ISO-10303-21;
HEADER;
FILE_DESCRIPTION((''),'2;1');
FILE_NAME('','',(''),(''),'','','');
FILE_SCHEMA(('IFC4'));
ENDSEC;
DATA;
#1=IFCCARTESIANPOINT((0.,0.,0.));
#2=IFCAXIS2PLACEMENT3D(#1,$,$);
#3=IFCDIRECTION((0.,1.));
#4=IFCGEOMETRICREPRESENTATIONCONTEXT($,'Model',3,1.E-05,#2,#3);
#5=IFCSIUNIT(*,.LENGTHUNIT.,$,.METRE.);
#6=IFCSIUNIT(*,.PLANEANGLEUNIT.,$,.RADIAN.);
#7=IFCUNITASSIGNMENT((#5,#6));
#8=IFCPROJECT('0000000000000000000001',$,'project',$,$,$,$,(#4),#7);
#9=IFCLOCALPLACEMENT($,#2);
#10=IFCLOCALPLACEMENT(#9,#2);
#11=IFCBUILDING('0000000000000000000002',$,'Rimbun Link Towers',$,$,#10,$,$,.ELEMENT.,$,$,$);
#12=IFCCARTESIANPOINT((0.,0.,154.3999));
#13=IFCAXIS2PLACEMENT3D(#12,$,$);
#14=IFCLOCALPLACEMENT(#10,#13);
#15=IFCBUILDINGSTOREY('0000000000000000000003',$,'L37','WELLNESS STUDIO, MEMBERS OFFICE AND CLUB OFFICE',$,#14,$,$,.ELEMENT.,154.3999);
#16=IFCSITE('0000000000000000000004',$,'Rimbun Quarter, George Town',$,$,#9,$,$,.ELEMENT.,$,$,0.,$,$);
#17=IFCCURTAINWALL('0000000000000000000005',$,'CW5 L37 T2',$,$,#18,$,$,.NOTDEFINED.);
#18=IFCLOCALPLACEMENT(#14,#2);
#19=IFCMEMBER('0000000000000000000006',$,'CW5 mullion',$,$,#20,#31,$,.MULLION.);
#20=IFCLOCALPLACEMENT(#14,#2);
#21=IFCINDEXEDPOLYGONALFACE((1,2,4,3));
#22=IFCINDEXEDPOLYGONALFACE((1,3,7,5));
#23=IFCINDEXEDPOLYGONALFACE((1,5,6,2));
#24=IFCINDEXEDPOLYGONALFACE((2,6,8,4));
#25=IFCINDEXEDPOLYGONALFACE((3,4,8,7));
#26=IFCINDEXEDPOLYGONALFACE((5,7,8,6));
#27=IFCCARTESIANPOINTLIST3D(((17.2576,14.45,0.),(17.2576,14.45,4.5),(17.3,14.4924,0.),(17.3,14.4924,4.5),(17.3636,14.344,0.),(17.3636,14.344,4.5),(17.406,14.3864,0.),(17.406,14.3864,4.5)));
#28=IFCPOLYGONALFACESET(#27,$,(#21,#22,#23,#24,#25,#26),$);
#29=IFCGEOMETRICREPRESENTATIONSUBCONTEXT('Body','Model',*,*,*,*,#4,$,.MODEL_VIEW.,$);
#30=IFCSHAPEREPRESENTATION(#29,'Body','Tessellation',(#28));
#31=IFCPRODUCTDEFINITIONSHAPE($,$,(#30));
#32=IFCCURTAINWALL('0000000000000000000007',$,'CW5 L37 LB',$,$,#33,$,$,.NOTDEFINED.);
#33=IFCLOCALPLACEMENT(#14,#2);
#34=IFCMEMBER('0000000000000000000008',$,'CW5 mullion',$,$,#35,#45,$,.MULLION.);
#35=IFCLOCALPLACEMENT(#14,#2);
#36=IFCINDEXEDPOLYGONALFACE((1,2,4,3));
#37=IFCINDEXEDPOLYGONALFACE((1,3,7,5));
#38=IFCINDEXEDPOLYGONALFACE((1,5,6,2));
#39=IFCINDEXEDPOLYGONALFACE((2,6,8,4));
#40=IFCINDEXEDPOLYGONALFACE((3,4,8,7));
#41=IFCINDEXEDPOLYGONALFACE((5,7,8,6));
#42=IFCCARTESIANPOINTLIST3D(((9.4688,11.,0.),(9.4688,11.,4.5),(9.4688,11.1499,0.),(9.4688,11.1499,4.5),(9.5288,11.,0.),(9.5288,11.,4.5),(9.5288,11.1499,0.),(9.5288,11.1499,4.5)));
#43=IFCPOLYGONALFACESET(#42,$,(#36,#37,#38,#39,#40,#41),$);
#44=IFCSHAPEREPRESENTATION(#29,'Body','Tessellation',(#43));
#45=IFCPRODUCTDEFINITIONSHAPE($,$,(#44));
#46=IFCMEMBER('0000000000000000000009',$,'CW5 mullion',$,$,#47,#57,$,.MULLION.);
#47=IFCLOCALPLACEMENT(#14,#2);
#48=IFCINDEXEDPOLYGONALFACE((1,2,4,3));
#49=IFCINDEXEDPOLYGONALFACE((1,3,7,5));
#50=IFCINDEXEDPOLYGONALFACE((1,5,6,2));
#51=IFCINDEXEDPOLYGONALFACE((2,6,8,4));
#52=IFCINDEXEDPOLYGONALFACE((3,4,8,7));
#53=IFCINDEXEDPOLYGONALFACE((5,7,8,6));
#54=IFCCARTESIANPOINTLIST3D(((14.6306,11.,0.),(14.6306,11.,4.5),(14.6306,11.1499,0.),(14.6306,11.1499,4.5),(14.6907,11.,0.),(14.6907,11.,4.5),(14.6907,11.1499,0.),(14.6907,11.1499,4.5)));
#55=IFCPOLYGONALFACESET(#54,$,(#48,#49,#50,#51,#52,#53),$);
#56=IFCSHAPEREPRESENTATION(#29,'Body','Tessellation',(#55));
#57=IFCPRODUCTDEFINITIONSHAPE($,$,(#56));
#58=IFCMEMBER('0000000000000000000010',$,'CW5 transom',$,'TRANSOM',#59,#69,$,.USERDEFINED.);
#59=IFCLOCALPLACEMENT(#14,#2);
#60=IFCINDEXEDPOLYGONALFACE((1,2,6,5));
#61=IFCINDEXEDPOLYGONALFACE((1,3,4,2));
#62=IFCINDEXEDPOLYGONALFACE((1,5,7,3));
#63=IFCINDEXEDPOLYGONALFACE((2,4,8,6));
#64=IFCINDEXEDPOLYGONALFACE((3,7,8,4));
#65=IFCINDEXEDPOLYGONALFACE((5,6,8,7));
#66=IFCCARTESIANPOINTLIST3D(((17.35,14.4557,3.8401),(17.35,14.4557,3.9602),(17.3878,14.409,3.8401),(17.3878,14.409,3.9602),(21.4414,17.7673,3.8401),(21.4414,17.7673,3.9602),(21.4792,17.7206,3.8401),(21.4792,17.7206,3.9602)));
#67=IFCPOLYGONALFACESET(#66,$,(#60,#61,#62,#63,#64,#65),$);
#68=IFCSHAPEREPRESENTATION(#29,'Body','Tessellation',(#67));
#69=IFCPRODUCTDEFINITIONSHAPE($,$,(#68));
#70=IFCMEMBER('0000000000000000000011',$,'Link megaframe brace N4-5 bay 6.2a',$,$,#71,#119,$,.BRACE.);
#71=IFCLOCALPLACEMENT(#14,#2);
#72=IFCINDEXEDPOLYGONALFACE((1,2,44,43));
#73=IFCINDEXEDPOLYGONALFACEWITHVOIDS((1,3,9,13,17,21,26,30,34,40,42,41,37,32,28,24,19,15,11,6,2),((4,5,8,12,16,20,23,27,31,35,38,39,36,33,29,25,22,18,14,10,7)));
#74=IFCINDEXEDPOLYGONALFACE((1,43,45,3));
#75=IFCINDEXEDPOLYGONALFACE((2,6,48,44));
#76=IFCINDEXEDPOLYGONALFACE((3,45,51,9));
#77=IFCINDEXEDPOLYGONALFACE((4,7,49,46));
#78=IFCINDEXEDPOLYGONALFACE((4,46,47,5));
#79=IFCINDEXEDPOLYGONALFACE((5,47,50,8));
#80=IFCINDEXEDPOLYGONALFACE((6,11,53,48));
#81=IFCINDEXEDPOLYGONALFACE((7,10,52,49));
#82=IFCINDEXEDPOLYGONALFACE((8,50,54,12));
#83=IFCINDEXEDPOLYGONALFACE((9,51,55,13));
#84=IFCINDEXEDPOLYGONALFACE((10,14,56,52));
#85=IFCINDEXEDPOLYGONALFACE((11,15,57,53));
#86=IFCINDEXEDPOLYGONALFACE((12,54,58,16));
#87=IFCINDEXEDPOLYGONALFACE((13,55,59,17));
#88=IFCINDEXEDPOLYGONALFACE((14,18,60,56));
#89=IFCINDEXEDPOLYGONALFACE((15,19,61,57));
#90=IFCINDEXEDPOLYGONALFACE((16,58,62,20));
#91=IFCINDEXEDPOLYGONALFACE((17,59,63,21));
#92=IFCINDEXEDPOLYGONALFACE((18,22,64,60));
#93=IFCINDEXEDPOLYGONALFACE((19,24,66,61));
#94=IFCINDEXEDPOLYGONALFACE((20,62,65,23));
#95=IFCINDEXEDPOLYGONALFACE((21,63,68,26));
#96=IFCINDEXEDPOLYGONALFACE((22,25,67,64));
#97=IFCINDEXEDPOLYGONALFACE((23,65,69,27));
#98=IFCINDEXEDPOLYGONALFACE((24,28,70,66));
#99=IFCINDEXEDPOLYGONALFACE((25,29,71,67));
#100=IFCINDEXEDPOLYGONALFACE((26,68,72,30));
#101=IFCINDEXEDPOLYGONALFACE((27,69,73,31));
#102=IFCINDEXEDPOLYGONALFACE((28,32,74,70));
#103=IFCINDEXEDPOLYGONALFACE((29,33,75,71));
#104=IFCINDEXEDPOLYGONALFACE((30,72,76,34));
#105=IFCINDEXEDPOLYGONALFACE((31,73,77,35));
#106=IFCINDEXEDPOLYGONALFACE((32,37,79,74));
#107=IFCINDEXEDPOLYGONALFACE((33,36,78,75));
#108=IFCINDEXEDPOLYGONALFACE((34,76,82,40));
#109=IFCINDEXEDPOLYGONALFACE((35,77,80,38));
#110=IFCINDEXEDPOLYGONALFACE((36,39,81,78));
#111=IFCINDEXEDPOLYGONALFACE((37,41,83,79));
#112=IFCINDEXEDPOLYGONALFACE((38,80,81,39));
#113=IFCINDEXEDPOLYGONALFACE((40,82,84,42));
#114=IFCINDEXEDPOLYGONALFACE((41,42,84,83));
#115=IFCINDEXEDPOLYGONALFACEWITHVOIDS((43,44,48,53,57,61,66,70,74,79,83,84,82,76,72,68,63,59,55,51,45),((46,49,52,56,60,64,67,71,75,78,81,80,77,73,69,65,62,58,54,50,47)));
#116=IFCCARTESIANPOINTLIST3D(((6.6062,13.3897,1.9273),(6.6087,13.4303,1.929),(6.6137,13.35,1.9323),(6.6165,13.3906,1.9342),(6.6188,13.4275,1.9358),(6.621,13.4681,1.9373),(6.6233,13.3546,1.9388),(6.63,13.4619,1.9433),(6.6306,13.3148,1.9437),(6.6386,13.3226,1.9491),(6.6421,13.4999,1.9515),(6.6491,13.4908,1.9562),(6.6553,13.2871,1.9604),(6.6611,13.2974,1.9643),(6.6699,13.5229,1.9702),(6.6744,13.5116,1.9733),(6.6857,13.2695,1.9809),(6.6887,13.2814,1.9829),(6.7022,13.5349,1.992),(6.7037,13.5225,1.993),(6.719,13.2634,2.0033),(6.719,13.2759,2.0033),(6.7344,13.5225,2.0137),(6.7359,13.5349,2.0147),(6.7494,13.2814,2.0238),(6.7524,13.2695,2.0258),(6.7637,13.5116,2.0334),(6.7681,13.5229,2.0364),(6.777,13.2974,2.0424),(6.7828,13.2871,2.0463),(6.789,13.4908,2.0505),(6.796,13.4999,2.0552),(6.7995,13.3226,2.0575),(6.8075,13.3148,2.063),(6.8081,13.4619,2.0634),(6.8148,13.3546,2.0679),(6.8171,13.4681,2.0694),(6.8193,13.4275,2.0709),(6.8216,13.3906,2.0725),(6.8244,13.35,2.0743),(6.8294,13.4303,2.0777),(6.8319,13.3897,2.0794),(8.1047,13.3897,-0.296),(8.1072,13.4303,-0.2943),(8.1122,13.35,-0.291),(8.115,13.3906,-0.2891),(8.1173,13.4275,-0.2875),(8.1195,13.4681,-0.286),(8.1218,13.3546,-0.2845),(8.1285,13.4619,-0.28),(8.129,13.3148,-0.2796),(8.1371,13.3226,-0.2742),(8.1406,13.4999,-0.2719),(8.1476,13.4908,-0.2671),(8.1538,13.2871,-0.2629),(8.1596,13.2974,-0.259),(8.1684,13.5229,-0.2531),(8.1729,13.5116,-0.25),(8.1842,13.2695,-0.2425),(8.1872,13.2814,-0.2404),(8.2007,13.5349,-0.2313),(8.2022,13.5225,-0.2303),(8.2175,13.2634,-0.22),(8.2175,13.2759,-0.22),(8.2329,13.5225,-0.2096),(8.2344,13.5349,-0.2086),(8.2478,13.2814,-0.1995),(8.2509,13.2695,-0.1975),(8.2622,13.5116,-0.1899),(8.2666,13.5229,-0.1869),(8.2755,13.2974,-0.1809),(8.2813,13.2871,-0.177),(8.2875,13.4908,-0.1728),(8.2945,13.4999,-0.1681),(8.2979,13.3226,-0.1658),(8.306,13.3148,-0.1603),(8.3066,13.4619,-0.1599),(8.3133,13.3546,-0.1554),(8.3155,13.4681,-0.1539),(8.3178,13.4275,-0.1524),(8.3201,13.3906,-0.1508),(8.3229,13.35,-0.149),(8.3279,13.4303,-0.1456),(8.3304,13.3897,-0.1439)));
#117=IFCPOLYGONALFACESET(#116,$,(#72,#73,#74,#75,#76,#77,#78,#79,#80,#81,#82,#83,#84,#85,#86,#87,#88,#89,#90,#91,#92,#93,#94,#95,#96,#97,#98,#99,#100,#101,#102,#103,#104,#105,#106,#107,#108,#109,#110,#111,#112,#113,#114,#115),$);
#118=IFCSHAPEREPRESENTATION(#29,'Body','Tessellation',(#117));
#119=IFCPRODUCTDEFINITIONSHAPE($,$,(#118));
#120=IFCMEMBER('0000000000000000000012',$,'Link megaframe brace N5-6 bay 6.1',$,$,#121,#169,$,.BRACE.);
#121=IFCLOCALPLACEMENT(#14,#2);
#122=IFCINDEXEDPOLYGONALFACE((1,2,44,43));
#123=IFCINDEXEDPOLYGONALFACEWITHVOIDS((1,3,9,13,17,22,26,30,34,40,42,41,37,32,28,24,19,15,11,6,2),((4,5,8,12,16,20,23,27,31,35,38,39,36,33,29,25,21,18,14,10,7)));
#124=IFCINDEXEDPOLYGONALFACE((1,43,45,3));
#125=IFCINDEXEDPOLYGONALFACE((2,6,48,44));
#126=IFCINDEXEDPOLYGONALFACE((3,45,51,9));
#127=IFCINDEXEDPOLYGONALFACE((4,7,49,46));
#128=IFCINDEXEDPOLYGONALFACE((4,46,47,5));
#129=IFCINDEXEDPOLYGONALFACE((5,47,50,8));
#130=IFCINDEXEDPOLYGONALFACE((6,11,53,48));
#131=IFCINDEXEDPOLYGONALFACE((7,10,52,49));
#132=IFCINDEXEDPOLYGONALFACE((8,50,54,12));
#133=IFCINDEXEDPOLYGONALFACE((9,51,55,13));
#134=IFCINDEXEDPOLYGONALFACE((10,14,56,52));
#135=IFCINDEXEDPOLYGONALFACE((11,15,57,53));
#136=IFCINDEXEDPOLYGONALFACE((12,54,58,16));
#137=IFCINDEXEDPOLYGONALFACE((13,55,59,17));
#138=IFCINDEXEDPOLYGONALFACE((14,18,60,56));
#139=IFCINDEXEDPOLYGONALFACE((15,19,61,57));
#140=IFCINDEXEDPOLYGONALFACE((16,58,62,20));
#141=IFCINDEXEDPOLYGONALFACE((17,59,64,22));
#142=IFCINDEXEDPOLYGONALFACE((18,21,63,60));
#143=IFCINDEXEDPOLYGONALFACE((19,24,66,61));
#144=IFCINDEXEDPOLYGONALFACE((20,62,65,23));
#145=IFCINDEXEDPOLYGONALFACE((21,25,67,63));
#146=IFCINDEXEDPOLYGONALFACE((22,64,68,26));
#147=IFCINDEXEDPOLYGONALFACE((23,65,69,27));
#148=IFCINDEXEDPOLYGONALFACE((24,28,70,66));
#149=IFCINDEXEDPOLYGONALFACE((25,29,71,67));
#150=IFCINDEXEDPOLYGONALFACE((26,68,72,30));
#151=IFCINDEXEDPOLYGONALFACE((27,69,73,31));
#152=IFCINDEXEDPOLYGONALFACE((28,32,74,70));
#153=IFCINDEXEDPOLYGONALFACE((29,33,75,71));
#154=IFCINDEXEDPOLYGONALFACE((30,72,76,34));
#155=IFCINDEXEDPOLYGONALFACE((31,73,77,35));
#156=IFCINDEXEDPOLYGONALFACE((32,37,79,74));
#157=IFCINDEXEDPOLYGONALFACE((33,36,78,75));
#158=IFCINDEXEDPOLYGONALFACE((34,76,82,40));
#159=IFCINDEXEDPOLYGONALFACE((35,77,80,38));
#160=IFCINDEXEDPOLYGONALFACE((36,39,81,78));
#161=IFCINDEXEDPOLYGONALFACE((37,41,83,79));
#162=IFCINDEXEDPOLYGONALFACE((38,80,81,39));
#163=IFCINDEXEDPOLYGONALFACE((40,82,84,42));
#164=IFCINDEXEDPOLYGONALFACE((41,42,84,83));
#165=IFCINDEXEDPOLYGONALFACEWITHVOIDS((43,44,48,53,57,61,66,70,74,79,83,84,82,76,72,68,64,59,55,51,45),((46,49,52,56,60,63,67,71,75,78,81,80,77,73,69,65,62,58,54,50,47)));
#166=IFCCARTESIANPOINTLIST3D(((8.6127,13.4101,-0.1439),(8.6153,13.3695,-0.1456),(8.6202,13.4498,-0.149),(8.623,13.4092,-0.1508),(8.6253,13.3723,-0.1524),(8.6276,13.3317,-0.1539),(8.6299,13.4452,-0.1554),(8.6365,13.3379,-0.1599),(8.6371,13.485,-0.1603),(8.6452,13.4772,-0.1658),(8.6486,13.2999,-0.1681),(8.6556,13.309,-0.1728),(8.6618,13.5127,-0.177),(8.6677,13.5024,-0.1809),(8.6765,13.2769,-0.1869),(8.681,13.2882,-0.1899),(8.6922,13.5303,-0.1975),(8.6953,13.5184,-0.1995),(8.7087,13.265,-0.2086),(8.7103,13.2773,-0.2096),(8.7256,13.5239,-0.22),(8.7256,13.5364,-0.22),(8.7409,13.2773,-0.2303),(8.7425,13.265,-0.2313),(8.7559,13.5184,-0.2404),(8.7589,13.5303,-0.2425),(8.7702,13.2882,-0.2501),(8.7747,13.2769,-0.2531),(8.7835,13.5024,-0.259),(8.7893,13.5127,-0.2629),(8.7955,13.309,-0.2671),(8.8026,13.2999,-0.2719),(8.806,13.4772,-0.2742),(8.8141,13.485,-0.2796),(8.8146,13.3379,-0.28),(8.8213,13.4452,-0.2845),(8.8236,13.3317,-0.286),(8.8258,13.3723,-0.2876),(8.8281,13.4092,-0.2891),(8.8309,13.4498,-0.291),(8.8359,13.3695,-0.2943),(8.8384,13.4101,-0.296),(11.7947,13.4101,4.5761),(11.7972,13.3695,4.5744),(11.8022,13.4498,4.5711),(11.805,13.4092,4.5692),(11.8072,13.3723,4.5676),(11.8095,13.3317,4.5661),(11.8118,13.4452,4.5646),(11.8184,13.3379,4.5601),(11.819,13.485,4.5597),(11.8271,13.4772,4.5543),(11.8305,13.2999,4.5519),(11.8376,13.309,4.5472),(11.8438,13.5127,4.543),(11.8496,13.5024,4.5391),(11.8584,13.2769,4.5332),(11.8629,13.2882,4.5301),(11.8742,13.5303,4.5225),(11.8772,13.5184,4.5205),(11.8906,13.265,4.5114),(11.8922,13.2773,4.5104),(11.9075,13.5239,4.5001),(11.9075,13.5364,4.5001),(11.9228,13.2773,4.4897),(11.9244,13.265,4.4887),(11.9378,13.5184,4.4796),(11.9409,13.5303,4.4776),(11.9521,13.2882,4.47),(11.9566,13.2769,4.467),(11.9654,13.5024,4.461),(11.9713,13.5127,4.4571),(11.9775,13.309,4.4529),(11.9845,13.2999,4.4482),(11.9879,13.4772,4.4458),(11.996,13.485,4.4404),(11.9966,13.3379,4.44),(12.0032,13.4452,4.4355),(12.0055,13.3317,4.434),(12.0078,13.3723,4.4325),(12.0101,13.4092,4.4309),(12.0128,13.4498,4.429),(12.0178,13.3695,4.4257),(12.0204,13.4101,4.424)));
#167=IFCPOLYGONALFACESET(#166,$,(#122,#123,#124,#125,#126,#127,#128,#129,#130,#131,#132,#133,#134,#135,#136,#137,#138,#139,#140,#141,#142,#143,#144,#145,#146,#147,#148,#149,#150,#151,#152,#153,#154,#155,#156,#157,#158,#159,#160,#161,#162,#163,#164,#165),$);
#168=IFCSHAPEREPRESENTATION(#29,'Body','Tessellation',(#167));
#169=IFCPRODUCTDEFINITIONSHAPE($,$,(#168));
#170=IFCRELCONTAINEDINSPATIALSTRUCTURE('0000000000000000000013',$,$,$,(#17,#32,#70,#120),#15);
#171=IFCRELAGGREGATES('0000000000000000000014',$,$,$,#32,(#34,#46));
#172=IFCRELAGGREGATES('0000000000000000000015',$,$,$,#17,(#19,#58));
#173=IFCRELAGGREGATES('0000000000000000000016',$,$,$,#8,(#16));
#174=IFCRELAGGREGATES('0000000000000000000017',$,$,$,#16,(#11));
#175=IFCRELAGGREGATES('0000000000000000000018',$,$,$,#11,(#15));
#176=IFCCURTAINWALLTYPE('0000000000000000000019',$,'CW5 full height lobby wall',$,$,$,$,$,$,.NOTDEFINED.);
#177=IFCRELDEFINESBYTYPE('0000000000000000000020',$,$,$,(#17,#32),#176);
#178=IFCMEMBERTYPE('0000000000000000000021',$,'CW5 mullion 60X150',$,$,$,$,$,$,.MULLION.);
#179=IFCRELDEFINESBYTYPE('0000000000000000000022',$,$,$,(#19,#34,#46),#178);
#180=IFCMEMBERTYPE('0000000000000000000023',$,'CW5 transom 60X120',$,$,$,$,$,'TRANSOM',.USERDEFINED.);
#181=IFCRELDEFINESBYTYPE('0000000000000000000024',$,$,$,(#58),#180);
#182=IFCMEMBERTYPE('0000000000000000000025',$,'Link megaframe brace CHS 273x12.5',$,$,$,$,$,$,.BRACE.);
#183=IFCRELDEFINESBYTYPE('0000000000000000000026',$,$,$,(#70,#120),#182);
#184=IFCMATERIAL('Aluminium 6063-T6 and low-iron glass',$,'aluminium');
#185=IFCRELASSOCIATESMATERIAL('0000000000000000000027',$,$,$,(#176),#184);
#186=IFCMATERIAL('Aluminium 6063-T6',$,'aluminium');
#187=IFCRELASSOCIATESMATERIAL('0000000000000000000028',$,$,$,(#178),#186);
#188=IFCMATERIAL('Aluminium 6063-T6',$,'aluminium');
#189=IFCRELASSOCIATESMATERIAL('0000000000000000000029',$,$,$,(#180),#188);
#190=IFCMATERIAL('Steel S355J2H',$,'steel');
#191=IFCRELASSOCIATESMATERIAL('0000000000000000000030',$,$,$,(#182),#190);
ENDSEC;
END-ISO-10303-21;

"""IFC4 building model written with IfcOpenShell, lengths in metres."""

from ifc_helpers import new_model, si_unit, direction, frame, origin, origin_2d, place, context, subcontext, project, spatial, rectangle, hollow_circle, extrude, material, material_profile, profile_set, type_object, element, aggregate, save


model = new_model("IFC4")

# Units and contexts
model_context = context("Model", 3, precision=1e-05, world=origin(), true_north=direction((0.0, 1.0)))
body_context = subcontext(model_context, "Body", "Model", "MODEL_VIEW")
ifc_project = project(units=[si_unit("LENGTHUNIT", "METRE"), si_unit("PLANEANGLEUNIT", "RADIAN")], contexts=[model_context])

# Site, building, storey
site_placement = place(None, origin())
site = spatial("IfcSite", under=ifc_project, at=site_placement, Name="Rimbun Quarter, George Town", CompositionType="ELEMENT", RefElevation=0.0)
building_placement = place(site_placement, origin())
building = spatial("IfcBuilding", under=site, at=building_placement, Name="Rimbun Link Towers", CompositionType="ELEMENT")
storey_placement = place(building_placement, frame((0.0, 0.0, 154.3999)))
storey = spatial("IfcBuildingStorey", under=building, at=storey_placement, Name="L37", Description="WELLNESS STUDIO, MEMBERS OFFICE AND CLUB OFFICE", CompositionType="ELEMENT", Elevation=154.3999)

# Curtain wall, member
ifc_material_1 = material(Name="Aluminium 6063-T6 and low-iron glass", Category="aluminium")
curtain_wall_type = type_object("IfcCurtainWallType", Name="CW5 full height lobby wall", PredefinedType="NOTDEFINED", material=ifc_material_1)
curtain_wall_1_placement = place(storey_placement, origin())
curtain_wall_1 = element("IfcCurtainWall", 1, at=curtain_wall_1_placement, inside=storey, type_object=curtain_wall_type, Name="CW5 L37 T2", PredefinedType="NOTDEFINED")
ifc_material_2 = material(Name="Aluminium 6063-T6", Category="aluminium")
ifc_material_profile_1 = material_profile(ifc_material_2, rectangle(XDim=0.1499, YDim=0.0601, at=origin_2d()), Name="MULLION 60X150")
ifc_profile_set_1 = profile_set([ifc_material_profile_1], Name="Aluminium 6063-T6")
member_type_1 = type_object("IfcMemberType", Name="CW5 mullion 60X150", PredefinedType="MULLION", material=ifc_profile_set_1)
member_1_placement = place(storey_placement, frame((17.3318, 14.4182, 0.0), z_axis=(0.0, 0.0, 1.0), x_axis=(-0.707107, 0.707107, 0.0)))
member_1 = element("IfcMember", 2, at=member_1_placement, type_object=member_type_1, Name="CW5 mullion", PredefinedType="MULLION", context=body_context, shape_type="SweptSolid", body=[
    extrude(rectangle(XDim=0.1499, YDim=0.0601, at=origin_2d()), origin(), (0.0, 0.0, 1.0), 4.5),
])

# Curtain wall, members
curtain_wall_2_placement = place(storey_placement, origin())
curtain_wall_2 = element("IfcCurtainWall", 3, at=curtain_wall_2_placement, inside=storey, type_object=curtain_wall_type, Name="CW5 L37 LB", PredefinedType="NOTDEFINED")
member_2_placement = place(storey_placement, frame((9.4988, 11.075, 0.0), z_axis=(0.0, 0.0, 1.0), x_axis=(0.0, 1.0, 0.0)))
member_2 = element("IfcMember", 4, at=member_2_placement, type_object=member_type_1, Name="CW5 mullion", PredefinedType="MULLION", context=body_context, shape_type="SweptSolid", body=[
    extrude(rectangle(XDim=0.1499, YDim=0.0601, at=origin_2d()), origin(), (0.0, 0.0, 1.0), 4.5),
])
member_3_placement = place(storey_placement, frame((14.6606, 11.075, 0.0), z_axis=(0.0, 0.0, 1.0), x_axis=(0.0, 1.0, 0.0)))
member_3 = element("IfcMember", 5, at=member_3_placement, type_object=member_type_1, Name="CW5 mullion", PredefinedType="MULLION", context=body_context, shape_type="SweptSolid", body=[
    extrude(rectangle(XDim=0.1499, YDim=0.0601, at=origin_2d()), origin(), (0.0, 0.0, 1.0), 4.5),
])
aggregate(curtain_wall_2, [member_2, member_3])

# Member
ifc_material_3 = material(Name="Aluminium 6063-T6", Category="aluminium")
ifc_material_profile_2 = material_profile(ifc_material_3, rectangle(XDim=0.0601, YDim=0.1201, at=origin_2d()), Name="TRANSOM 60X120")
ifc_profile_set_2 = profile_set([ifc_material_profile_2], Name="Aluminium 6063-T6")
member_type_2 = type_object("IfcMemberType", Name="CW5 transom 60X120", ElementType="TRANSOM", PredefinedType="USERDEFINED", material=ifc_profile_set_2)
member_4_placement = place(storey_placement, frame((17.3689, 14.4324, 3.9001), z_axis=(0.77729, 0.629142, 0.0), x_axis=(-0.629142, 0.77729, 0.0)))
member_4 = element("IfcMember", 6, at=member_4_placement, type_object=member_type_2, Name="CW5 transom", ObjectType="TRANSOM", PredefinedType="USERDEFINED", context=body_context, shape_type="SweptSolid", body=[
    extrude(rectangle(XDim=0.0601, YDim=0.1201, at=origin_2d()), origin(), (0.0, 0.0, 1.0), 5.2637),
])

# Members
ifc_material_4 = material(Name="Steel S355J2H", Category="steel")
ifc_material_profile_3 = material_profile(ifc_material_4, hollow_circle(Radius=0.1365, WallThickness=0.0125, at=origin_2d()), Name="CHS 273x12.5")
ifc_profile_set_3 = profile_set([ifc_material_profile_3], Name="Steel S355J2H")
member_type_3 = type_object("IfcMemberType", Name="Link megaframe brace CHS 273x12.5", PredefinedType="BRACE", material=ifc_profile_set_3)
member_5_placement = place(storey_placement, frame((8.2175, 13.3999, -0.22), z_axis=(-0.558896, 0.0, 0.829238), x_axis=(0.0, -1.0, 0.0)))
element("IfcMember", 7, at=member_5_placement, inside=storey, type_object=member_type_3, Name="Link megaframe brace N4-5 bay 6.2a", PredefinedType="BRACE", context=body_context, shape_type="SweptSolid", body=[
    extrude(hollow_circle(Radius=0.1365, WallThickness=0.0125, at=origin_2d()), origin(), (0.0, 0.0, 1.0), 2.6812),
])
member_6_placement = place(storey_placement, frame((8.7256, 13.3999, -0.22), z_axis=(0.558978, 0.0, 0.829182), x_axis=(0.0, 1.0, 0.0)))
element("IfcMember", 8, at=member_6_placement, inside=storey, type_object=member_type_3, Name="Link megaframe brace N5-6 bay 6.1", PredefinedType="BRACE", context=body_context, shape_type="SweptSolid", body=[
    extrude(hollow_circle(Radius=0.1365, WallThickness=0.0125, at=origin_2d()), origin(), (0.0, 0.0, 1.0), 5.6924),
])

aggregate(curtain_wall_1, [member_1, member_4])

save(model, "model.ifc")
